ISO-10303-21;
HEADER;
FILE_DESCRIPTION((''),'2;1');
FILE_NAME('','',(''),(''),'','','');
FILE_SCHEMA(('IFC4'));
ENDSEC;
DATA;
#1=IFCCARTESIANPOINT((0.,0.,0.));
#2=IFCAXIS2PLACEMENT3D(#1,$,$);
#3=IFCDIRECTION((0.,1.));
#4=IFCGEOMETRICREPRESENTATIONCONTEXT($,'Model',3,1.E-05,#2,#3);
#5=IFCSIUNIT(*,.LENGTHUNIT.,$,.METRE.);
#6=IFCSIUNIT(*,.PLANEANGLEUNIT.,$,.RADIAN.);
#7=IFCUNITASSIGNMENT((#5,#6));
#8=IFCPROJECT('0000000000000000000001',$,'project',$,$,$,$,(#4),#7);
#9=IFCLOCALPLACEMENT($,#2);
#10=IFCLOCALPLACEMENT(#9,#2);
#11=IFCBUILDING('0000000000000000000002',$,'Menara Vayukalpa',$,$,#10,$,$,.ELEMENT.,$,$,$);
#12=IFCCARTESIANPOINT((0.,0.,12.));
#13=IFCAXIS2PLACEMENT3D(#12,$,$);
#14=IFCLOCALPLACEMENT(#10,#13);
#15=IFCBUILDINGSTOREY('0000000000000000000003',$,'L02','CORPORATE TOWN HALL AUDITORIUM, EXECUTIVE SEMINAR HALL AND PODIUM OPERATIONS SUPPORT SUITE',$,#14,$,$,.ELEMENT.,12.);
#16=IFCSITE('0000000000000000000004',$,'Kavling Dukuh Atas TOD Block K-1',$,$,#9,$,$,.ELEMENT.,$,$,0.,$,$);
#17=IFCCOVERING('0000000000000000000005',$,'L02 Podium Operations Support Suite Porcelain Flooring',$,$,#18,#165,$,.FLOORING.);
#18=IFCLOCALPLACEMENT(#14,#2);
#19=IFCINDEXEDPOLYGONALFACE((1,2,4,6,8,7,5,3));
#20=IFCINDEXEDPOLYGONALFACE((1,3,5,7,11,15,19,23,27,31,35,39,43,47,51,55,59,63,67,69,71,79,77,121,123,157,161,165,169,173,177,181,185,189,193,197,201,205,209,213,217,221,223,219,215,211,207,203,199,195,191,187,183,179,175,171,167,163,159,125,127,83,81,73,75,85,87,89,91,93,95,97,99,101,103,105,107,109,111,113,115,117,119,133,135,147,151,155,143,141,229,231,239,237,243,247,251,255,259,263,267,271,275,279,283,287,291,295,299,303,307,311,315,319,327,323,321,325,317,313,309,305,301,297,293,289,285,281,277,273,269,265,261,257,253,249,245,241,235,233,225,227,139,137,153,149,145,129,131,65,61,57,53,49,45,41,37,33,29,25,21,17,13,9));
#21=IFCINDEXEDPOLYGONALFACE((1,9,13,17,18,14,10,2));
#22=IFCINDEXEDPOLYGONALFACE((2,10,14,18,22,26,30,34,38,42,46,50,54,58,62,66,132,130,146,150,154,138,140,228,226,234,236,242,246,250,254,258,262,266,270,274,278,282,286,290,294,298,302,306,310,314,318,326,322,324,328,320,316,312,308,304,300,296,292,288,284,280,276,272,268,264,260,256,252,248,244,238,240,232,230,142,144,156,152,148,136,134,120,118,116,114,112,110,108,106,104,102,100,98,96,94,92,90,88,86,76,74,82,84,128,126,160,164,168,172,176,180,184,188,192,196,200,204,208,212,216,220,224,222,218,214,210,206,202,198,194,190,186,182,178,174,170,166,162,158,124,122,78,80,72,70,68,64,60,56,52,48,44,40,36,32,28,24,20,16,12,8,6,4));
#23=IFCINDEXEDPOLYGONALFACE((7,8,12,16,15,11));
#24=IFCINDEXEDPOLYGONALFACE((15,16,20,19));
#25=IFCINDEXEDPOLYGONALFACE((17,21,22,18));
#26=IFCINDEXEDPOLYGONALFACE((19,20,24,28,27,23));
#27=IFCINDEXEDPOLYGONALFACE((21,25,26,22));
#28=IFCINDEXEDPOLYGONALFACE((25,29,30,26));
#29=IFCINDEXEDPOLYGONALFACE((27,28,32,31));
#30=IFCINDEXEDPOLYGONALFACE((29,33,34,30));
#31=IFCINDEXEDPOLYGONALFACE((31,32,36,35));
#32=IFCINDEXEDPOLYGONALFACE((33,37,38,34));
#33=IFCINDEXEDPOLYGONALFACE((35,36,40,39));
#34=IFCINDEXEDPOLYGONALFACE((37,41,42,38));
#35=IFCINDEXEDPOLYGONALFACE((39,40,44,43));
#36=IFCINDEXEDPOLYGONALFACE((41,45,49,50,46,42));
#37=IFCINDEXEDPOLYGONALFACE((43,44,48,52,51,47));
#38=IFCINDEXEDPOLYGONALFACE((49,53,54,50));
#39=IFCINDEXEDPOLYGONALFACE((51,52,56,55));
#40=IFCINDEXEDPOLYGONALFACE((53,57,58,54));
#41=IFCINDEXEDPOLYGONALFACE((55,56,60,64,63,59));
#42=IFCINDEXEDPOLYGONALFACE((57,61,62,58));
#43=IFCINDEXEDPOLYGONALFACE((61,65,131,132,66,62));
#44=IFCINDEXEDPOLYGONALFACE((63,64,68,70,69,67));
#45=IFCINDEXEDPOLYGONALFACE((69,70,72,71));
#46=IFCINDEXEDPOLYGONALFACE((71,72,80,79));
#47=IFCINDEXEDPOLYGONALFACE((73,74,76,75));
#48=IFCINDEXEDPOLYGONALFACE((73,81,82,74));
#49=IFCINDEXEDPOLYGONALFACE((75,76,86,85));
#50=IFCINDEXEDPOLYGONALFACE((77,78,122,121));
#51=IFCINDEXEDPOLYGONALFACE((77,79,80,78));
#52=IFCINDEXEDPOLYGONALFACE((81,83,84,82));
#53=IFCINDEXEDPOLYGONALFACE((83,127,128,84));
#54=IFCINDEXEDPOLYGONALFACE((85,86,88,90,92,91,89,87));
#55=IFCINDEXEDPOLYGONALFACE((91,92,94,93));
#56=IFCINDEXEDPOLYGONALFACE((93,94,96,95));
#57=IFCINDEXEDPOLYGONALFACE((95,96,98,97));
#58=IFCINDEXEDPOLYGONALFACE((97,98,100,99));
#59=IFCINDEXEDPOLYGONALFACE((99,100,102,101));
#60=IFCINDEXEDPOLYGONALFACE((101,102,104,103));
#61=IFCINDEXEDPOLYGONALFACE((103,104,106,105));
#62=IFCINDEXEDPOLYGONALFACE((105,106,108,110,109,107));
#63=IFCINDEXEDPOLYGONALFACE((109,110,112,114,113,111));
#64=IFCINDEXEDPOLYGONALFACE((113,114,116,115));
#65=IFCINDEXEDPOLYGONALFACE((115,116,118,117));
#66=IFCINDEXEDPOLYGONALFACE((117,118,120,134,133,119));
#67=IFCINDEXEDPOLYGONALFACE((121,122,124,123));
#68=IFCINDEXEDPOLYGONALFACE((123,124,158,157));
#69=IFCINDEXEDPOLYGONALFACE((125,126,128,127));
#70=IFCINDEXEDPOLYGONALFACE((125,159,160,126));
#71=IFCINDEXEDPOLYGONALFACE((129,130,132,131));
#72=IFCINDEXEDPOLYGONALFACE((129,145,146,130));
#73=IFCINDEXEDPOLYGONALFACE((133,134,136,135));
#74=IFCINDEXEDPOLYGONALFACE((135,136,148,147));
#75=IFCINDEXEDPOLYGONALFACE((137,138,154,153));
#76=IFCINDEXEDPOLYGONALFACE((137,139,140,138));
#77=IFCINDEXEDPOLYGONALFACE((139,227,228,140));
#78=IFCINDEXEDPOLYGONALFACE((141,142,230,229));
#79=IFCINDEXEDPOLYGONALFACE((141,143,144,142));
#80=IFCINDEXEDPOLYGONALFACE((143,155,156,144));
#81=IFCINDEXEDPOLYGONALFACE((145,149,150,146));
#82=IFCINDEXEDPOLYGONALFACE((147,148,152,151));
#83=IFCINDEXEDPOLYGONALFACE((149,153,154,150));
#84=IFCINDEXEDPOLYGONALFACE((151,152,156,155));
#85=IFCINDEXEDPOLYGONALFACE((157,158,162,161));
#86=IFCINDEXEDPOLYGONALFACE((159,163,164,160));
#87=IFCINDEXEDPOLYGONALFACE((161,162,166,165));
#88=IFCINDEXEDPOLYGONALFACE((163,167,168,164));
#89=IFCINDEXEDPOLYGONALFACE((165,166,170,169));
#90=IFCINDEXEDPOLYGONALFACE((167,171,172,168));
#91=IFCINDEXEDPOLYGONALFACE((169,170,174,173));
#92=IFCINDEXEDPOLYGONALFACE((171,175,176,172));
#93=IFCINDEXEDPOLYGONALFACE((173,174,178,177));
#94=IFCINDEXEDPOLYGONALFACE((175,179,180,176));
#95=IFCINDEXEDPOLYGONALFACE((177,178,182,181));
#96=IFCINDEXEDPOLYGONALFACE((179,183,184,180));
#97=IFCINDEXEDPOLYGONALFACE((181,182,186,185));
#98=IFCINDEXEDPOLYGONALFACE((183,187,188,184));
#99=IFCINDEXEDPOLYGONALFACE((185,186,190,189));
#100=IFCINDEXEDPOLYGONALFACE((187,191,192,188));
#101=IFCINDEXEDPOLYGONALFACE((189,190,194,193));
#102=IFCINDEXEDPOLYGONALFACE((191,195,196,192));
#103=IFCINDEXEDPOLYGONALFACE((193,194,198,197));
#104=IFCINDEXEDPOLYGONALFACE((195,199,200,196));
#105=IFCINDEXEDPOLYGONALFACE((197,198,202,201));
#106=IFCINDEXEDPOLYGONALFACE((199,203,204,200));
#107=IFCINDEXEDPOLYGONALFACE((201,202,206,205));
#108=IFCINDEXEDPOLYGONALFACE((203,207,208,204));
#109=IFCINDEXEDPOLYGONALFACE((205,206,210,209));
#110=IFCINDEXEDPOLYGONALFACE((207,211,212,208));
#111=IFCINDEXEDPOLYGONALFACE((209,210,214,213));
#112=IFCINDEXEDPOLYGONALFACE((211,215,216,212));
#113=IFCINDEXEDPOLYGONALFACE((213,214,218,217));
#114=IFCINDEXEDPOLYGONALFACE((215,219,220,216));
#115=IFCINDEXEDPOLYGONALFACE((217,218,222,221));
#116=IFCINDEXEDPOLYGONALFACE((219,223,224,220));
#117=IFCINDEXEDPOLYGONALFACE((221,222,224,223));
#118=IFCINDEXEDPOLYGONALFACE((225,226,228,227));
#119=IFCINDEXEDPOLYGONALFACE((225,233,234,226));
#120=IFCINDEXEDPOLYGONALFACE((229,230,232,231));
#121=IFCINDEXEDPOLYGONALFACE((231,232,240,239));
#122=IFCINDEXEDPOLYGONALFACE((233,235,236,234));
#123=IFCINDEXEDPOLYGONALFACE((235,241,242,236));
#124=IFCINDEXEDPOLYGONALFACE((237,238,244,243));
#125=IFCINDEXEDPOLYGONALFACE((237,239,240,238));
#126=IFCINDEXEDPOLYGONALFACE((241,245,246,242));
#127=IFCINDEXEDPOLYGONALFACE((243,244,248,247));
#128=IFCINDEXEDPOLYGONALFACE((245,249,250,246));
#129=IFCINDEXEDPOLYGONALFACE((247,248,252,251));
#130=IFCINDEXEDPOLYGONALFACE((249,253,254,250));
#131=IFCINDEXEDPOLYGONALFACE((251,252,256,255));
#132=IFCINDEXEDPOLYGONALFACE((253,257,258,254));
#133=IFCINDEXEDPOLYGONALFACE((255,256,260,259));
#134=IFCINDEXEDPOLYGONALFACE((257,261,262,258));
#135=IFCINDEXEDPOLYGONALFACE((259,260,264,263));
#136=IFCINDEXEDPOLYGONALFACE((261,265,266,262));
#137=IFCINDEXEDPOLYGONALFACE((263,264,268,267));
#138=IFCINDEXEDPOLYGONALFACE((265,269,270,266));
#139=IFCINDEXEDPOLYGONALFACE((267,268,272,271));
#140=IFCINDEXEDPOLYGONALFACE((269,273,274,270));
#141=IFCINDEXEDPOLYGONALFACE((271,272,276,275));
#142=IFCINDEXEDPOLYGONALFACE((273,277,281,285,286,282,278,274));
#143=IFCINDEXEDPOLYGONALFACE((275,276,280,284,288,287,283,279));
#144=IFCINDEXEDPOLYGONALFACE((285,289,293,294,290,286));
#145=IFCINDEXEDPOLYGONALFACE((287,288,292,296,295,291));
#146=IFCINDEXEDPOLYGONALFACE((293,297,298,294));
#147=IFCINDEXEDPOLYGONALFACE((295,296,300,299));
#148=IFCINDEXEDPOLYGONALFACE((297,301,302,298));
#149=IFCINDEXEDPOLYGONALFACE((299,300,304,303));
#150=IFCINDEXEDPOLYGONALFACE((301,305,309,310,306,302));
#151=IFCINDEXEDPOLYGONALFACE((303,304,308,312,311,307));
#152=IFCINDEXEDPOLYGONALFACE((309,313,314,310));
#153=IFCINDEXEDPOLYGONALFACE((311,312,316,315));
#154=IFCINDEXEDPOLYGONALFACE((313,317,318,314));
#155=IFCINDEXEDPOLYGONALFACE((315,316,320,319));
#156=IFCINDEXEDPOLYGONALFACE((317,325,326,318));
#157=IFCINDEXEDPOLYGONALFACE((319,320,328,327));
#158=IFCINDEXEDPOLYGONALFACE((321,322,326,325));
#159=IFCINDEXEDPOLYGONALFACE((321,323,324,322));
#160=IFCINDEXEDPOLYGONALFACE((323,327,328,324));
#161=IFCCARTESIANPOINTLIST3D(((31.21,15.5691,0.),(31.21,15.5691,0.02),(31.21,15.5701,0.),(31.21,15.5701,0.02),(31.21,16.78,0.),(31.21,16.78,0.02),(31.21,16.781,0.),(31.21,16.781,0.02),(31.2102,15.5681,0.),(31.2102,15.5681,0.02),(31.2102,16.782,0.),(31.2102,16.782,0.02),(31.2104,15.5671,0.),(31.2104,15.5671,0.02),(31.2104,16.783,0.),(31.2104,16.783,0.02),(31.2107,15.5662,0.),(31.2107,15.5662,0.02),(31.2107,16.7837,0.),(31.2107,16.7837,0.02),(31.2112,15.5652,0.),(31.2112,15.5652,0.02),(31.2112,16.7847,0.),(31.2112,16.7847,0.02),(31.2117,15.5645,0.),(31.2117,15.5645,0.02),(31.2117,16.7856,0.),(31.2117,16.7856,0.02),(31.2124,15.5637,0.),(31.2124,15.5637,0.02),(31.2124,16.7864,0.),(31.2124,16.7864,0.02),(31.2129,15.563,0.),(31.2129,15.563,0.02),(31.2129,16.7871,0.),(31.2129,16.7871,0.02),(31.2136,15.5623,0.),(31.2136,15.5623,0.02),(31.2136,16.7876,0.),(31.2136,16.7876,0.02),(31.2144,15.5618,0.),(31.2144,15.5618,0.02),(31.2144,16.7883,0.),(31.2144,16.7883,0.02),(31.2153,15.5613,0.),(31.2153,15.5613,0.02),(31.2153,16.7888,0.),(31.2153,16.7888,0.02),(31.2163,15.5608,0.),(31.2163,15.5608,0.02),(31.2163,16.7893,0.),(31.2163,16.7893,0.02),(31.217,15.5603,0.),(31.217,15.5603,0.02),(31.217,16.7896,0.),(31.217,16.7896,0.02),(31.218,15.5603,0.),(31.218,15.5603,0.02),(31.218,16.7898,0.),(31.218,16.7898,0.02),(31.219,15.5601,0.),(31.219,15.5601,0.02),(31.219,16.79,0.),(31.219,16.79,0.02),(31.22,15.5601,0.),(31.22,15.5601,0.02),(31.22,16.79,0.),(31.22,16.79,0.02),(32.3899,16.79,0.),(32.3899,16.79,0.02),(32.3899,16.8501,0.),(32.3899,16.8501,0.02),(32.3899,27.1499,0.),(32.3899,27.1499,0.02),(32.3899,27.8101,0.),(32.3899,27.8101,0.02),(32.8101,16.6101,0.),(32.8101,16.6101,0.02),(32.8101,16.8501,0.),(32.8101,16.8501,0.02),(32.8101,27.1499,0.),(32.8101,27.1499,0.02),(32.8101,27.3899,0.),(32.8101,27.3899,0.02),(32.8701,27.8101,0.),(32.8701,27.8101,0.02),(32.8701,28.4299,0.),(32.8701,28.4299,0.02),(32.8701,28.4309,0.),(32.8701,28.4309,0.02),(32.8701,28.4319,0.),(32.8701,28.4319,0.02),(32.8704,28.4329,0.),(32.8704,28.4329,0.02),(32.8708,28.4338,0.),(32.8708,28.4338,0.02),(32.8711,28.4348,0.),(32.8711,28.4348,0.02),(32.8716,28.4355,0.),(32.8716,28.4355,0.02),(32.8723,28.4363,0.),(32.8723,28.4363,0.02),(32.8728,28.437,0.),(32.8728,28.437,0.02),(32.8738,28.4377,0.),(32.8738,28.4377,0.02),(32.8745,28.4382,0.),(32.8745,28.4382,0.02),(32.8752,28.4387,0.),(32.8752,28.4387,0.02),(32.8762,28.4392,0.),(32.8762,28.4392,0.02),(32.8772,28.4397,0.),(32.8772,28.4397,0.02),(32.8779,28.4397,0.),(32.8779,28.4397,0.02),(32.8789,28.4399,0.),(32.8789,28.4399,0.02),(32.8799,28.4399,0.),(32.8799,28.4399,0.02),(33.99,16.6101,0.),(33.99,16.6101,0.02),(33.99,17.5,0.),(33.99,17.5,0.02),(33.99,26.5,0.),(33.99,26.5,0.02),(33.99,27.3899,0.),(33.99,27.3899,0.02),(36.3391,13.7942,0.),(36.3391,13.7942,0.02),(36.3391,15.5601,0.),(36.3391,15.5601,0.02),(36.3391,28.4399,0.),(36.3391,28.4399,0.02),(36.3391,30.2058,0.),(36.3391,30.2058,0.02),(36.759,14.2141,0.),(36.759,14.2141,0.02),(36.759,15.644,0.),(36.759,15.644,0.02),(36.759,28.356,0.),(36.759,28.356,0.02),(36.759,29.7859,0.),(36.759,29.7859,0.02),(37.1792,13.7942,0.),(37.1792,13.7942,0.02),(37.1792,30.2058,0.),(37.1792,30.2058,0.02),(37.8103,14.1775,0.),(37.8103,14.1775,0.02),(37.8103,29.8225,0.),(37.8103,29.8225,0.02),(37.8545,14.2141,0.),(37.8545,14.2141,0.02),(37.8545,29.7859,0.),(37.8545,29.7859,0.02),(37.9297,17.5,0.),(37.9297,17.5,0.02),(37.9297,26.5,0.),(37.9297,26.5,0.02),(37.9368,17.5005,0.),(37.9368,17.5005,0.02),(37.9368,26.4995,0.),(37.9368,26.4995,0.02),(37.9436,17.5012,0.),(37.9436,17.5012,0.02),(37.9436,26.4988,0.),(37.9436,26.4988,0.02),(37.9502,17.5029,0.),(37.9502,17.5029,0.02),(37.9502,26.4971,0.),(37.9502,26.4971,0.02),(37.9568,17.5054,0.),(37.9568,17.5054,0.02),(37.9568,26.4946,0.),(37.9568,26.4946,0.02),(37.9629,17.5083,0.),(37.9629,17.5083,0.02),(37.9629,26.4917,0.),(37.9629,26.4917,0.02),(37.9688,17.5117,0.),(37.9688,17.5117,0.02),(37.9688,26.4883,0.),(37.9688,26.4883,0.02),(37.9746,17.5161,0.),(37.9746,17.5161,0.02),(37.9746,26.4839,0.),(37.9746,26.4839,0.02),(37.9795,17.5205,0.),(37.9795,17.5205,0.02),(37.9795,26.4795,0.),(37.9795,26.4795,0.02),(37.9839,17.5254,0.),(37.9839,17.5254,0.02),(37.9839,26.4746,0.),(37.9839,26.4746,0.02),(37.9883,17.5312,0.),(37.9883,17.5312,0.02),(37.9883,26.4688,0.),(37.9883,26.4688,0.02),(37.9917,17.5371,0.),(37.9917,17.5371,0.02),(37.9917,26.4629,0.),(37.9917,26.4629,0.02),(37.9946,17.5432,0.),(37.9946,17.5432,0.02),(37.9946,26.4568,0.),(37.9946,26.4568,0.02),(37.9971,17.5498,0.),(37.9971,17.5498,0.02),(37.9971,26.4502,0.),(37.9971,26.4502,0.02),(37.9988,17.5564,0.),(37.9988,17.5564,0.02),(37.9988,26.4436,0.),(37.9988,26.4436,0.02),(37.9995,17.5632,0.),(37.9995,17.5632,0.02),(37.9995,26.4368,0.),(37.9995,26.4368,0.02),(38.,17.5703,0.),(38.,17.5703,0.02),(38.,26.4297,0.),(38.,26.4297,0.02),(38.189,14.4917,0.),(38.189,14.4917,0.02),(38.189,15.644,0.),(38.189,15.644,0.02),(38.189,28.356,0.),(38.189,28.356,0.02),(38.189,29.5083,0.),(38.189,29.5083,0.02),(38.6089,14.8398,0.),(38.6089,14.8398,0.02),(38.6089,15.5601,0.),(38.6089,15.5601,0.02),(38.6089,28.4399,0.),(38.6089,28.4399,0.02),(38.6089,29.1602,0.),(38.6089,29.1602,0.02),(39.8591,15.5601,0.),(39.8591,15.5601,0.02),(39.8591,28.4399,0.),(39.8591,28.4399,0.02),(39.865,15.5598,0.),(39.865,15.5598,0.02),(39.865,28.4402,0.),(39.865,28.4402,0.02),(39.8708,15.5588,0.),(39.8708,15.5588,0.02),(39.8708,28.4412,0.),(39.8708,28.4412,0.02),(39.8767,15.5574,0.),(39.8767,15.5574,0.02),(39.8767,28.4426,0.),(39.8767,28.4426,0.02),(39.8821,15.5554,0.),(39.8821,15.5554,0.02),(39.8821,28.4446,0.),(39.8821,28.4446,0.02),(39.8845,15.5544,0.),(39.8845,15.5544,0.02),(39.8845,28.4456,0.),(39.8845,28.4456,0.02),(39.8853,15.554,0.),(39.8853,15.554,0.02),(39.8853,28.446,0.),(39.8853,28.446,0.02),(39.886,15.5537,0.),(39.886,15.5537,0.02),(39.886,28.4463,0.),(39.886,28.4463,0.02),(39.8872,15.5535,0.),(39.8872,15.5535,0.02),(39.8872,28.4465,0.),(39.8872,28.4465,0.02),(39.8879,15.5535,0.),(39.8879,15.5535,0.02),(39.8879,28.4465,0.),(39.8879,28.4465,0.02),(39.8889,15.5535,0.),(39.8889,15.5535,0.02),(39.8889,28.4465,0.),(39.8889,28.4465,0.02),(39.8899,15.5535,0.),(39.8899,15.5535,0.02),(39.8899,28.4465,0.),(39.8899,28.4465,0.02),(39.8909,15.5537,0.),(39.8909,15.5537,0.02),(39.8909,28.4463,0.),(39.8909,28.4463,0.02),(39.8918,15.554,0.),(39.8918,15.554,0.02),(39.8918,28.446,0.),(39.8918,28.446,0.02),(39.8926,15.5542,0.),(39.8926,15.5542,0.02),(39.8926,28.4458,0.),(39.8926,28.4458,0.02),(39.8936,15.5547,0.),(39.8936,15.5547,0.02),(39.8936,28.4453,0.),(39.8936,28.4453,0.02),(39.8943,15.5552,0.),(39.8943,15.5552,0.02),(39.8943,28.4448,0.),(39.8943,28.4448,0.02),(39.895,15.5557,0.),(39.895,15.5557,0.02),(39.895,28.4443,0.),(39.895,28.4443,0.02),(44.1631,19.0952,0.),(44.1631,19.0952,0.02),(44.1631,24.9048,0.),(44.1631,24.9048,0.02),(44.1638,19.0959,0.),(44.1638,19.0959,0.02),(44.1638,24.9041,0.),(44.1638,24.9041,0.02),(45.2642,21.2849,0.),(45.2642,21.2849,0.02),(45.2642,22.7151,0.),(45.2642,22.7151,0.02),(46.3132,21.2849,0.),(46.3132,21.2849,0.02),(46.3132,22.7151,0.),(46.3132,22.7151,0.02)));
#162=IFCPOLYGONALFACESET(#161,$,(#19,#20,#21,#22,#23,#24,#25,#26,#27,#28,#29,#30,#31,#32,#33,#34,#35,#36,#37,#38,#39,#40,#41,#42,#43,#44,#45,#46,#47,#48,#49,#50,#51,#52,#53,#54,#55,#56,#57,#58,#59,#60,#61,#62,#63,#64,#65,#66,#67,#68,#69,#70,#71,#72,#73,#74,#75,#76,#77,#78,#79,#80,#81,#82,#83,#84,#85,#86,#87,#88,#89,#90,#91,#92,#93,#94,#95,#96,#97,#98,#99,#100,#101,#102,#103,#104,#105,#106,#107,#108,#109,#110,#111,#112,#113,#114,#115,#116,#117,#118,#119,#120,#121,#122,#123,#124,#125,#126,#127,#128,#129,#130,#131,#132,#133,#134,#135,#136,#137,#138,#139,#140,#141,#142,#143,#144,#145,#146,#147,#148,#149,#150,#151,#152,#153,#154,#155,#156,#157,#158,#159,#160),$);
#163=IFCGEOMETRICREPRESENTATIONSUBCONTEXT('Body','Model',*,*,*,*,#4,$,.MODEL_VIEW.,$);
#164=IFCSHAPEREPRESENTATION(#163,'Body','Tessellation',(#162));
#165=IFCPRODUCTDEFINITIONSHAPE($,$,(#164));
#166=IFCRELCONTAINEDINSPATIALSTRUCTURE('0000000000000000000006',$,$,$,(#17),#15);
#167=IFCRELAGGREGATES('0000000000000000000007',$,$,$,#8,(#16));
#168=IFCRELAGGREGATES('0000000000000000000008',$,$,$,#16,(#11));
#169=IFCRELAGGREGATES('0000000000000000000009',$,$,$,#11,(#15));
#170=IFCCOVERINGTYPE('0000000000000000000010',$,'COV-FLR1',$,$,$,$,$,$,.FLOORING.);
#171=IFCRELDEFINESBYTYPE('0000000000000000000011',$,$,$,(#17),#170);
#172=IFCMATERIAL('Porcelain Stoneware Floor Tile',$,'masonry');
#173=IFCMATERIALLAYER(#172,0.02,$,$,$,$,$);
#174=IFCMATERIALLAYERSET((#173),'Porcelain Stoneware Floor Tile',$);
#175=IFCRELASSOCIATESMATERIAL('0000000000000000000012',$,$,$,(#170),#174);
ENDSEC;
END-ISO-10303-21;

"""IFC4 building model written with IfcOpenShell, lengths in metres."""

from ifc_helpers import new_model, si_unit, direction, frame, origin, place, context, subcontext, project, spatial, polyline, outline, extrude, material, layer, layer_set, type_object, element, save


model = new_model("IFC4")

# Units and contexts
model_context = context("Model", 3, precision=1e-05, world=origin(), true_north=direction((0.0, 1.0)))
body_context = subcontext(model_context, "Body", "Model", "MODEL_VIEW")
ifc_project = project(units=[si_unit("LENGTHUNIT", "METRE"), si_unit("PLANEANGLEUNIT", "RADIAN")], contexts=[model_context])

# Site, building, storey
site_placement = place(None, origin())
site = spatial("IfcSite", under=ifc_project, at=site_placement, Name="Kavling Dukuh Atas TOD Block K-1", CompositionType="ELEMENT", RefElevation=0.0)
building_placement = place(site_placement, origin())
building = spatial("IfcBuilding", under=site, at=building_placement, Name="Menara Vayukalpa", CompositionType="ELEMENT")
storey_placement = place(building_placement, frame((0.0, 0.0, 12.0)))
storey = spatial("IfcBuildingStorey", under=building, at=storey_placement, Name="L02", Description="CORPORATE TOWN HALL AUDITORIUM, EXECUTIVE SEMINAR HALL AND PODIUM OPERATIONS SUPPORT SUITE", CompositionType="ELEMENT", Elevation=12.0)

# Covering
ifc_material_1 = material(Name="Porcelain Stoneware Floor Tile", Category="masonry")
ifc_layer_1 = layer(ifc_material_1, 0.02)
ifc_layer_set_1 = layer_set([ifc_layer_1], Name="Porcelain Stoneware Floor Tile")
covering_type_1 = type_object("IfcCoveringType", Name="COV-FLR1", PredefinedType="FLOORING", material=ifc_layer_set_1)
covering_1_placement = place(storey_placement, origin())
element("IfcCovering", 1, at=covering_1_placement, inside=storey, type_object=covering_type_1, Name="L02 Podium Operations Support Suite Porcelain Flooring", PredefinedType="FLOORING", context=body_context, shape_type="SweptSolid", body=[
    extrude(outline(polyline([(31.219, 15.5601), (31.218, 15.5603), (31.217, 15.5603), (31.2163, 15.5608), (31.2153, 15.5613), (31.2144, 15.5618), (31.2136, 15.5623), (31.2129, 15.563), (31.2124, 15.5637), (31.2117, 15.5645), (31.2112, 15.5652), (31.2107, 15.5662), (31.2104, 15.5671), (31.2102, 15.5681), (31.21, 15.5691), (31.21, 15.5701), (31.21, 16.78), (31.21, 16.781), (31.2102, 16.782), (31.2104, 16.783), (31.2107, 16.7837), (31.2112, 16.7847), (31.2117, 16.7856), (31.2124, 16.7864), (31.2129, 16.7871), (31.2136, 16.7876), (31.2144, 16.7883), (31.2153, 16.7888), (31.2163, 16.7893), (31.217, 16.7896), (31.218, 16.7898), (31.219, 16.79), (31.22, 16.79), (32.3899, 16.79), (32.3899, 16.8501), (32.8101, 16.8501), (32.8101, 16.6101), (33.99, 16.6101), (33.99, 17.5), (37.9297, 17.5), (37.9368, 17.5005), (37.9436, 17.5012), (37.9502, 17.5029), (37.9568, 17.5054), (37.9629, 17.5083), (37.9688, 17.5117), (37.9746, 17.5161), (37.9795, 17.5205), (37.9839, 17.5254), (37.9883, 17.5312), (37.9917, 17.5371), (37.9946, 17.5432), (37.9971, 17.5498), (37.9988, 17.5564), (37.9995, 17.5632), (38.0, 17.5703), (38.0, 26.4297), (37.9995, 26.4368), (37.9988, 26.4436), (37.9971, 26.4502), (37.9946, 26.4568), (37.9917, 26.4629), (37.9883, 26.4688), (37.9839, 26.4746), (37.9795, 26.4795), (37.9746, 26.4839), (37.9688, 26.4883), (37.9629, 26.4917), (37.9568, 26.4946), (37.9502, 26.4971), (37.9436, 26.4988), (37.9368, 26.4995), (37.9297, 26.5), (33.99, 26.5), (33.99, 27.3899), (32.8101, 27.3899), (32.8101, 27.1499), (32.3899, 27.1499), (32.3899, 27.8101), (32.8701, 27.8101), (32.8701, 28.4299), (32.8701, 28.4309), (32.8701, 28.4319), (32.8704, 28.4329), (32.8708, 28.4338), (32.8711, 28.4348), (32.8716, 28.4355), (32.8723, 28.4363), (32.8728, 28.437), (32.8738, 28.4377), (32.8745, 28.4382), (32.8752, 28.4387), (32.8762, 28.4392), (32.8772, 28.4397), (32.8779, 28.4397), (32.8789, 28.4399), (32.8799, 28.4399), (36.3391, 28.4399), (36.3391, 30.2058), (37.1792, 30.2058), (37.8103, 29.8225), (37.8545, 29.7859), (36.759, 29.7859), (36.759, 28.356), (38.189, 28.356), (38.189, 29.5083), (38.6089, 29.1602), (38.6089, 28.4399), (39.8591, 28.4399), (39.865, 28.4402), (39.8708, 28.4412), (39.8767, 28.4426), (39.8821, 28.4446), (39.8845, 28.4456), (39.8853, 28.446), (39.886, 28.4463), (39.8872, 28.4465), (39.8879, 28.4465), (39.8889, 28.4465), (39.8899, 28.4465), (39.8909, 28.4463), (39.8918, 28.446), (39.8926, 28.4458), (39.8936, 28.4453), (39.8943, 28.4448), (39.895, 28.4443), (44.1631, 24.9048), (44.1638, 24.9041), (46.3132, 22.7151), (45.2642, 22.7151), (45.2642, 21.2849), (46.3132, 21.2849), (44.1638, 19.0959), (44.1631, 19.0952), (39.895, 15.5557), (39.8943, 15.5552), (39.8936, 15.5547), (39.8926, 15.5542), (39.8918, 15.554), (39.8909, 15.5537), (39.8899, 15.5535), (39.8889, 15.5535), (39.8879, 15.5535), (39.8872, 15.5535), (39.886, 15.5537), (39.8853, 15.554), (39.8845, 15.5544), (39.8821, 15.5554), (39.8767, 15.5574), (39.8708, 15.5588), (39.865, 15.5598), (39.8591, 15.5601), (38.6089, 15.5601), (38.6089, 14.8398), (38.189, 14.4917), (38.189, 15.644), (36.759, 15.644), (36.759, 14.2141), (37.8545, 14.2141), (37.8103, 14.1775), (37.1792, 13.7942), (36.3391, 13.7942), (36.3391, 15.5601), (31.22, 15.5601), (31.219, 15.5601)])), origin(), (0.0, 0.0, 1.0), 0.02),
])

save(model, "model.ifc")
